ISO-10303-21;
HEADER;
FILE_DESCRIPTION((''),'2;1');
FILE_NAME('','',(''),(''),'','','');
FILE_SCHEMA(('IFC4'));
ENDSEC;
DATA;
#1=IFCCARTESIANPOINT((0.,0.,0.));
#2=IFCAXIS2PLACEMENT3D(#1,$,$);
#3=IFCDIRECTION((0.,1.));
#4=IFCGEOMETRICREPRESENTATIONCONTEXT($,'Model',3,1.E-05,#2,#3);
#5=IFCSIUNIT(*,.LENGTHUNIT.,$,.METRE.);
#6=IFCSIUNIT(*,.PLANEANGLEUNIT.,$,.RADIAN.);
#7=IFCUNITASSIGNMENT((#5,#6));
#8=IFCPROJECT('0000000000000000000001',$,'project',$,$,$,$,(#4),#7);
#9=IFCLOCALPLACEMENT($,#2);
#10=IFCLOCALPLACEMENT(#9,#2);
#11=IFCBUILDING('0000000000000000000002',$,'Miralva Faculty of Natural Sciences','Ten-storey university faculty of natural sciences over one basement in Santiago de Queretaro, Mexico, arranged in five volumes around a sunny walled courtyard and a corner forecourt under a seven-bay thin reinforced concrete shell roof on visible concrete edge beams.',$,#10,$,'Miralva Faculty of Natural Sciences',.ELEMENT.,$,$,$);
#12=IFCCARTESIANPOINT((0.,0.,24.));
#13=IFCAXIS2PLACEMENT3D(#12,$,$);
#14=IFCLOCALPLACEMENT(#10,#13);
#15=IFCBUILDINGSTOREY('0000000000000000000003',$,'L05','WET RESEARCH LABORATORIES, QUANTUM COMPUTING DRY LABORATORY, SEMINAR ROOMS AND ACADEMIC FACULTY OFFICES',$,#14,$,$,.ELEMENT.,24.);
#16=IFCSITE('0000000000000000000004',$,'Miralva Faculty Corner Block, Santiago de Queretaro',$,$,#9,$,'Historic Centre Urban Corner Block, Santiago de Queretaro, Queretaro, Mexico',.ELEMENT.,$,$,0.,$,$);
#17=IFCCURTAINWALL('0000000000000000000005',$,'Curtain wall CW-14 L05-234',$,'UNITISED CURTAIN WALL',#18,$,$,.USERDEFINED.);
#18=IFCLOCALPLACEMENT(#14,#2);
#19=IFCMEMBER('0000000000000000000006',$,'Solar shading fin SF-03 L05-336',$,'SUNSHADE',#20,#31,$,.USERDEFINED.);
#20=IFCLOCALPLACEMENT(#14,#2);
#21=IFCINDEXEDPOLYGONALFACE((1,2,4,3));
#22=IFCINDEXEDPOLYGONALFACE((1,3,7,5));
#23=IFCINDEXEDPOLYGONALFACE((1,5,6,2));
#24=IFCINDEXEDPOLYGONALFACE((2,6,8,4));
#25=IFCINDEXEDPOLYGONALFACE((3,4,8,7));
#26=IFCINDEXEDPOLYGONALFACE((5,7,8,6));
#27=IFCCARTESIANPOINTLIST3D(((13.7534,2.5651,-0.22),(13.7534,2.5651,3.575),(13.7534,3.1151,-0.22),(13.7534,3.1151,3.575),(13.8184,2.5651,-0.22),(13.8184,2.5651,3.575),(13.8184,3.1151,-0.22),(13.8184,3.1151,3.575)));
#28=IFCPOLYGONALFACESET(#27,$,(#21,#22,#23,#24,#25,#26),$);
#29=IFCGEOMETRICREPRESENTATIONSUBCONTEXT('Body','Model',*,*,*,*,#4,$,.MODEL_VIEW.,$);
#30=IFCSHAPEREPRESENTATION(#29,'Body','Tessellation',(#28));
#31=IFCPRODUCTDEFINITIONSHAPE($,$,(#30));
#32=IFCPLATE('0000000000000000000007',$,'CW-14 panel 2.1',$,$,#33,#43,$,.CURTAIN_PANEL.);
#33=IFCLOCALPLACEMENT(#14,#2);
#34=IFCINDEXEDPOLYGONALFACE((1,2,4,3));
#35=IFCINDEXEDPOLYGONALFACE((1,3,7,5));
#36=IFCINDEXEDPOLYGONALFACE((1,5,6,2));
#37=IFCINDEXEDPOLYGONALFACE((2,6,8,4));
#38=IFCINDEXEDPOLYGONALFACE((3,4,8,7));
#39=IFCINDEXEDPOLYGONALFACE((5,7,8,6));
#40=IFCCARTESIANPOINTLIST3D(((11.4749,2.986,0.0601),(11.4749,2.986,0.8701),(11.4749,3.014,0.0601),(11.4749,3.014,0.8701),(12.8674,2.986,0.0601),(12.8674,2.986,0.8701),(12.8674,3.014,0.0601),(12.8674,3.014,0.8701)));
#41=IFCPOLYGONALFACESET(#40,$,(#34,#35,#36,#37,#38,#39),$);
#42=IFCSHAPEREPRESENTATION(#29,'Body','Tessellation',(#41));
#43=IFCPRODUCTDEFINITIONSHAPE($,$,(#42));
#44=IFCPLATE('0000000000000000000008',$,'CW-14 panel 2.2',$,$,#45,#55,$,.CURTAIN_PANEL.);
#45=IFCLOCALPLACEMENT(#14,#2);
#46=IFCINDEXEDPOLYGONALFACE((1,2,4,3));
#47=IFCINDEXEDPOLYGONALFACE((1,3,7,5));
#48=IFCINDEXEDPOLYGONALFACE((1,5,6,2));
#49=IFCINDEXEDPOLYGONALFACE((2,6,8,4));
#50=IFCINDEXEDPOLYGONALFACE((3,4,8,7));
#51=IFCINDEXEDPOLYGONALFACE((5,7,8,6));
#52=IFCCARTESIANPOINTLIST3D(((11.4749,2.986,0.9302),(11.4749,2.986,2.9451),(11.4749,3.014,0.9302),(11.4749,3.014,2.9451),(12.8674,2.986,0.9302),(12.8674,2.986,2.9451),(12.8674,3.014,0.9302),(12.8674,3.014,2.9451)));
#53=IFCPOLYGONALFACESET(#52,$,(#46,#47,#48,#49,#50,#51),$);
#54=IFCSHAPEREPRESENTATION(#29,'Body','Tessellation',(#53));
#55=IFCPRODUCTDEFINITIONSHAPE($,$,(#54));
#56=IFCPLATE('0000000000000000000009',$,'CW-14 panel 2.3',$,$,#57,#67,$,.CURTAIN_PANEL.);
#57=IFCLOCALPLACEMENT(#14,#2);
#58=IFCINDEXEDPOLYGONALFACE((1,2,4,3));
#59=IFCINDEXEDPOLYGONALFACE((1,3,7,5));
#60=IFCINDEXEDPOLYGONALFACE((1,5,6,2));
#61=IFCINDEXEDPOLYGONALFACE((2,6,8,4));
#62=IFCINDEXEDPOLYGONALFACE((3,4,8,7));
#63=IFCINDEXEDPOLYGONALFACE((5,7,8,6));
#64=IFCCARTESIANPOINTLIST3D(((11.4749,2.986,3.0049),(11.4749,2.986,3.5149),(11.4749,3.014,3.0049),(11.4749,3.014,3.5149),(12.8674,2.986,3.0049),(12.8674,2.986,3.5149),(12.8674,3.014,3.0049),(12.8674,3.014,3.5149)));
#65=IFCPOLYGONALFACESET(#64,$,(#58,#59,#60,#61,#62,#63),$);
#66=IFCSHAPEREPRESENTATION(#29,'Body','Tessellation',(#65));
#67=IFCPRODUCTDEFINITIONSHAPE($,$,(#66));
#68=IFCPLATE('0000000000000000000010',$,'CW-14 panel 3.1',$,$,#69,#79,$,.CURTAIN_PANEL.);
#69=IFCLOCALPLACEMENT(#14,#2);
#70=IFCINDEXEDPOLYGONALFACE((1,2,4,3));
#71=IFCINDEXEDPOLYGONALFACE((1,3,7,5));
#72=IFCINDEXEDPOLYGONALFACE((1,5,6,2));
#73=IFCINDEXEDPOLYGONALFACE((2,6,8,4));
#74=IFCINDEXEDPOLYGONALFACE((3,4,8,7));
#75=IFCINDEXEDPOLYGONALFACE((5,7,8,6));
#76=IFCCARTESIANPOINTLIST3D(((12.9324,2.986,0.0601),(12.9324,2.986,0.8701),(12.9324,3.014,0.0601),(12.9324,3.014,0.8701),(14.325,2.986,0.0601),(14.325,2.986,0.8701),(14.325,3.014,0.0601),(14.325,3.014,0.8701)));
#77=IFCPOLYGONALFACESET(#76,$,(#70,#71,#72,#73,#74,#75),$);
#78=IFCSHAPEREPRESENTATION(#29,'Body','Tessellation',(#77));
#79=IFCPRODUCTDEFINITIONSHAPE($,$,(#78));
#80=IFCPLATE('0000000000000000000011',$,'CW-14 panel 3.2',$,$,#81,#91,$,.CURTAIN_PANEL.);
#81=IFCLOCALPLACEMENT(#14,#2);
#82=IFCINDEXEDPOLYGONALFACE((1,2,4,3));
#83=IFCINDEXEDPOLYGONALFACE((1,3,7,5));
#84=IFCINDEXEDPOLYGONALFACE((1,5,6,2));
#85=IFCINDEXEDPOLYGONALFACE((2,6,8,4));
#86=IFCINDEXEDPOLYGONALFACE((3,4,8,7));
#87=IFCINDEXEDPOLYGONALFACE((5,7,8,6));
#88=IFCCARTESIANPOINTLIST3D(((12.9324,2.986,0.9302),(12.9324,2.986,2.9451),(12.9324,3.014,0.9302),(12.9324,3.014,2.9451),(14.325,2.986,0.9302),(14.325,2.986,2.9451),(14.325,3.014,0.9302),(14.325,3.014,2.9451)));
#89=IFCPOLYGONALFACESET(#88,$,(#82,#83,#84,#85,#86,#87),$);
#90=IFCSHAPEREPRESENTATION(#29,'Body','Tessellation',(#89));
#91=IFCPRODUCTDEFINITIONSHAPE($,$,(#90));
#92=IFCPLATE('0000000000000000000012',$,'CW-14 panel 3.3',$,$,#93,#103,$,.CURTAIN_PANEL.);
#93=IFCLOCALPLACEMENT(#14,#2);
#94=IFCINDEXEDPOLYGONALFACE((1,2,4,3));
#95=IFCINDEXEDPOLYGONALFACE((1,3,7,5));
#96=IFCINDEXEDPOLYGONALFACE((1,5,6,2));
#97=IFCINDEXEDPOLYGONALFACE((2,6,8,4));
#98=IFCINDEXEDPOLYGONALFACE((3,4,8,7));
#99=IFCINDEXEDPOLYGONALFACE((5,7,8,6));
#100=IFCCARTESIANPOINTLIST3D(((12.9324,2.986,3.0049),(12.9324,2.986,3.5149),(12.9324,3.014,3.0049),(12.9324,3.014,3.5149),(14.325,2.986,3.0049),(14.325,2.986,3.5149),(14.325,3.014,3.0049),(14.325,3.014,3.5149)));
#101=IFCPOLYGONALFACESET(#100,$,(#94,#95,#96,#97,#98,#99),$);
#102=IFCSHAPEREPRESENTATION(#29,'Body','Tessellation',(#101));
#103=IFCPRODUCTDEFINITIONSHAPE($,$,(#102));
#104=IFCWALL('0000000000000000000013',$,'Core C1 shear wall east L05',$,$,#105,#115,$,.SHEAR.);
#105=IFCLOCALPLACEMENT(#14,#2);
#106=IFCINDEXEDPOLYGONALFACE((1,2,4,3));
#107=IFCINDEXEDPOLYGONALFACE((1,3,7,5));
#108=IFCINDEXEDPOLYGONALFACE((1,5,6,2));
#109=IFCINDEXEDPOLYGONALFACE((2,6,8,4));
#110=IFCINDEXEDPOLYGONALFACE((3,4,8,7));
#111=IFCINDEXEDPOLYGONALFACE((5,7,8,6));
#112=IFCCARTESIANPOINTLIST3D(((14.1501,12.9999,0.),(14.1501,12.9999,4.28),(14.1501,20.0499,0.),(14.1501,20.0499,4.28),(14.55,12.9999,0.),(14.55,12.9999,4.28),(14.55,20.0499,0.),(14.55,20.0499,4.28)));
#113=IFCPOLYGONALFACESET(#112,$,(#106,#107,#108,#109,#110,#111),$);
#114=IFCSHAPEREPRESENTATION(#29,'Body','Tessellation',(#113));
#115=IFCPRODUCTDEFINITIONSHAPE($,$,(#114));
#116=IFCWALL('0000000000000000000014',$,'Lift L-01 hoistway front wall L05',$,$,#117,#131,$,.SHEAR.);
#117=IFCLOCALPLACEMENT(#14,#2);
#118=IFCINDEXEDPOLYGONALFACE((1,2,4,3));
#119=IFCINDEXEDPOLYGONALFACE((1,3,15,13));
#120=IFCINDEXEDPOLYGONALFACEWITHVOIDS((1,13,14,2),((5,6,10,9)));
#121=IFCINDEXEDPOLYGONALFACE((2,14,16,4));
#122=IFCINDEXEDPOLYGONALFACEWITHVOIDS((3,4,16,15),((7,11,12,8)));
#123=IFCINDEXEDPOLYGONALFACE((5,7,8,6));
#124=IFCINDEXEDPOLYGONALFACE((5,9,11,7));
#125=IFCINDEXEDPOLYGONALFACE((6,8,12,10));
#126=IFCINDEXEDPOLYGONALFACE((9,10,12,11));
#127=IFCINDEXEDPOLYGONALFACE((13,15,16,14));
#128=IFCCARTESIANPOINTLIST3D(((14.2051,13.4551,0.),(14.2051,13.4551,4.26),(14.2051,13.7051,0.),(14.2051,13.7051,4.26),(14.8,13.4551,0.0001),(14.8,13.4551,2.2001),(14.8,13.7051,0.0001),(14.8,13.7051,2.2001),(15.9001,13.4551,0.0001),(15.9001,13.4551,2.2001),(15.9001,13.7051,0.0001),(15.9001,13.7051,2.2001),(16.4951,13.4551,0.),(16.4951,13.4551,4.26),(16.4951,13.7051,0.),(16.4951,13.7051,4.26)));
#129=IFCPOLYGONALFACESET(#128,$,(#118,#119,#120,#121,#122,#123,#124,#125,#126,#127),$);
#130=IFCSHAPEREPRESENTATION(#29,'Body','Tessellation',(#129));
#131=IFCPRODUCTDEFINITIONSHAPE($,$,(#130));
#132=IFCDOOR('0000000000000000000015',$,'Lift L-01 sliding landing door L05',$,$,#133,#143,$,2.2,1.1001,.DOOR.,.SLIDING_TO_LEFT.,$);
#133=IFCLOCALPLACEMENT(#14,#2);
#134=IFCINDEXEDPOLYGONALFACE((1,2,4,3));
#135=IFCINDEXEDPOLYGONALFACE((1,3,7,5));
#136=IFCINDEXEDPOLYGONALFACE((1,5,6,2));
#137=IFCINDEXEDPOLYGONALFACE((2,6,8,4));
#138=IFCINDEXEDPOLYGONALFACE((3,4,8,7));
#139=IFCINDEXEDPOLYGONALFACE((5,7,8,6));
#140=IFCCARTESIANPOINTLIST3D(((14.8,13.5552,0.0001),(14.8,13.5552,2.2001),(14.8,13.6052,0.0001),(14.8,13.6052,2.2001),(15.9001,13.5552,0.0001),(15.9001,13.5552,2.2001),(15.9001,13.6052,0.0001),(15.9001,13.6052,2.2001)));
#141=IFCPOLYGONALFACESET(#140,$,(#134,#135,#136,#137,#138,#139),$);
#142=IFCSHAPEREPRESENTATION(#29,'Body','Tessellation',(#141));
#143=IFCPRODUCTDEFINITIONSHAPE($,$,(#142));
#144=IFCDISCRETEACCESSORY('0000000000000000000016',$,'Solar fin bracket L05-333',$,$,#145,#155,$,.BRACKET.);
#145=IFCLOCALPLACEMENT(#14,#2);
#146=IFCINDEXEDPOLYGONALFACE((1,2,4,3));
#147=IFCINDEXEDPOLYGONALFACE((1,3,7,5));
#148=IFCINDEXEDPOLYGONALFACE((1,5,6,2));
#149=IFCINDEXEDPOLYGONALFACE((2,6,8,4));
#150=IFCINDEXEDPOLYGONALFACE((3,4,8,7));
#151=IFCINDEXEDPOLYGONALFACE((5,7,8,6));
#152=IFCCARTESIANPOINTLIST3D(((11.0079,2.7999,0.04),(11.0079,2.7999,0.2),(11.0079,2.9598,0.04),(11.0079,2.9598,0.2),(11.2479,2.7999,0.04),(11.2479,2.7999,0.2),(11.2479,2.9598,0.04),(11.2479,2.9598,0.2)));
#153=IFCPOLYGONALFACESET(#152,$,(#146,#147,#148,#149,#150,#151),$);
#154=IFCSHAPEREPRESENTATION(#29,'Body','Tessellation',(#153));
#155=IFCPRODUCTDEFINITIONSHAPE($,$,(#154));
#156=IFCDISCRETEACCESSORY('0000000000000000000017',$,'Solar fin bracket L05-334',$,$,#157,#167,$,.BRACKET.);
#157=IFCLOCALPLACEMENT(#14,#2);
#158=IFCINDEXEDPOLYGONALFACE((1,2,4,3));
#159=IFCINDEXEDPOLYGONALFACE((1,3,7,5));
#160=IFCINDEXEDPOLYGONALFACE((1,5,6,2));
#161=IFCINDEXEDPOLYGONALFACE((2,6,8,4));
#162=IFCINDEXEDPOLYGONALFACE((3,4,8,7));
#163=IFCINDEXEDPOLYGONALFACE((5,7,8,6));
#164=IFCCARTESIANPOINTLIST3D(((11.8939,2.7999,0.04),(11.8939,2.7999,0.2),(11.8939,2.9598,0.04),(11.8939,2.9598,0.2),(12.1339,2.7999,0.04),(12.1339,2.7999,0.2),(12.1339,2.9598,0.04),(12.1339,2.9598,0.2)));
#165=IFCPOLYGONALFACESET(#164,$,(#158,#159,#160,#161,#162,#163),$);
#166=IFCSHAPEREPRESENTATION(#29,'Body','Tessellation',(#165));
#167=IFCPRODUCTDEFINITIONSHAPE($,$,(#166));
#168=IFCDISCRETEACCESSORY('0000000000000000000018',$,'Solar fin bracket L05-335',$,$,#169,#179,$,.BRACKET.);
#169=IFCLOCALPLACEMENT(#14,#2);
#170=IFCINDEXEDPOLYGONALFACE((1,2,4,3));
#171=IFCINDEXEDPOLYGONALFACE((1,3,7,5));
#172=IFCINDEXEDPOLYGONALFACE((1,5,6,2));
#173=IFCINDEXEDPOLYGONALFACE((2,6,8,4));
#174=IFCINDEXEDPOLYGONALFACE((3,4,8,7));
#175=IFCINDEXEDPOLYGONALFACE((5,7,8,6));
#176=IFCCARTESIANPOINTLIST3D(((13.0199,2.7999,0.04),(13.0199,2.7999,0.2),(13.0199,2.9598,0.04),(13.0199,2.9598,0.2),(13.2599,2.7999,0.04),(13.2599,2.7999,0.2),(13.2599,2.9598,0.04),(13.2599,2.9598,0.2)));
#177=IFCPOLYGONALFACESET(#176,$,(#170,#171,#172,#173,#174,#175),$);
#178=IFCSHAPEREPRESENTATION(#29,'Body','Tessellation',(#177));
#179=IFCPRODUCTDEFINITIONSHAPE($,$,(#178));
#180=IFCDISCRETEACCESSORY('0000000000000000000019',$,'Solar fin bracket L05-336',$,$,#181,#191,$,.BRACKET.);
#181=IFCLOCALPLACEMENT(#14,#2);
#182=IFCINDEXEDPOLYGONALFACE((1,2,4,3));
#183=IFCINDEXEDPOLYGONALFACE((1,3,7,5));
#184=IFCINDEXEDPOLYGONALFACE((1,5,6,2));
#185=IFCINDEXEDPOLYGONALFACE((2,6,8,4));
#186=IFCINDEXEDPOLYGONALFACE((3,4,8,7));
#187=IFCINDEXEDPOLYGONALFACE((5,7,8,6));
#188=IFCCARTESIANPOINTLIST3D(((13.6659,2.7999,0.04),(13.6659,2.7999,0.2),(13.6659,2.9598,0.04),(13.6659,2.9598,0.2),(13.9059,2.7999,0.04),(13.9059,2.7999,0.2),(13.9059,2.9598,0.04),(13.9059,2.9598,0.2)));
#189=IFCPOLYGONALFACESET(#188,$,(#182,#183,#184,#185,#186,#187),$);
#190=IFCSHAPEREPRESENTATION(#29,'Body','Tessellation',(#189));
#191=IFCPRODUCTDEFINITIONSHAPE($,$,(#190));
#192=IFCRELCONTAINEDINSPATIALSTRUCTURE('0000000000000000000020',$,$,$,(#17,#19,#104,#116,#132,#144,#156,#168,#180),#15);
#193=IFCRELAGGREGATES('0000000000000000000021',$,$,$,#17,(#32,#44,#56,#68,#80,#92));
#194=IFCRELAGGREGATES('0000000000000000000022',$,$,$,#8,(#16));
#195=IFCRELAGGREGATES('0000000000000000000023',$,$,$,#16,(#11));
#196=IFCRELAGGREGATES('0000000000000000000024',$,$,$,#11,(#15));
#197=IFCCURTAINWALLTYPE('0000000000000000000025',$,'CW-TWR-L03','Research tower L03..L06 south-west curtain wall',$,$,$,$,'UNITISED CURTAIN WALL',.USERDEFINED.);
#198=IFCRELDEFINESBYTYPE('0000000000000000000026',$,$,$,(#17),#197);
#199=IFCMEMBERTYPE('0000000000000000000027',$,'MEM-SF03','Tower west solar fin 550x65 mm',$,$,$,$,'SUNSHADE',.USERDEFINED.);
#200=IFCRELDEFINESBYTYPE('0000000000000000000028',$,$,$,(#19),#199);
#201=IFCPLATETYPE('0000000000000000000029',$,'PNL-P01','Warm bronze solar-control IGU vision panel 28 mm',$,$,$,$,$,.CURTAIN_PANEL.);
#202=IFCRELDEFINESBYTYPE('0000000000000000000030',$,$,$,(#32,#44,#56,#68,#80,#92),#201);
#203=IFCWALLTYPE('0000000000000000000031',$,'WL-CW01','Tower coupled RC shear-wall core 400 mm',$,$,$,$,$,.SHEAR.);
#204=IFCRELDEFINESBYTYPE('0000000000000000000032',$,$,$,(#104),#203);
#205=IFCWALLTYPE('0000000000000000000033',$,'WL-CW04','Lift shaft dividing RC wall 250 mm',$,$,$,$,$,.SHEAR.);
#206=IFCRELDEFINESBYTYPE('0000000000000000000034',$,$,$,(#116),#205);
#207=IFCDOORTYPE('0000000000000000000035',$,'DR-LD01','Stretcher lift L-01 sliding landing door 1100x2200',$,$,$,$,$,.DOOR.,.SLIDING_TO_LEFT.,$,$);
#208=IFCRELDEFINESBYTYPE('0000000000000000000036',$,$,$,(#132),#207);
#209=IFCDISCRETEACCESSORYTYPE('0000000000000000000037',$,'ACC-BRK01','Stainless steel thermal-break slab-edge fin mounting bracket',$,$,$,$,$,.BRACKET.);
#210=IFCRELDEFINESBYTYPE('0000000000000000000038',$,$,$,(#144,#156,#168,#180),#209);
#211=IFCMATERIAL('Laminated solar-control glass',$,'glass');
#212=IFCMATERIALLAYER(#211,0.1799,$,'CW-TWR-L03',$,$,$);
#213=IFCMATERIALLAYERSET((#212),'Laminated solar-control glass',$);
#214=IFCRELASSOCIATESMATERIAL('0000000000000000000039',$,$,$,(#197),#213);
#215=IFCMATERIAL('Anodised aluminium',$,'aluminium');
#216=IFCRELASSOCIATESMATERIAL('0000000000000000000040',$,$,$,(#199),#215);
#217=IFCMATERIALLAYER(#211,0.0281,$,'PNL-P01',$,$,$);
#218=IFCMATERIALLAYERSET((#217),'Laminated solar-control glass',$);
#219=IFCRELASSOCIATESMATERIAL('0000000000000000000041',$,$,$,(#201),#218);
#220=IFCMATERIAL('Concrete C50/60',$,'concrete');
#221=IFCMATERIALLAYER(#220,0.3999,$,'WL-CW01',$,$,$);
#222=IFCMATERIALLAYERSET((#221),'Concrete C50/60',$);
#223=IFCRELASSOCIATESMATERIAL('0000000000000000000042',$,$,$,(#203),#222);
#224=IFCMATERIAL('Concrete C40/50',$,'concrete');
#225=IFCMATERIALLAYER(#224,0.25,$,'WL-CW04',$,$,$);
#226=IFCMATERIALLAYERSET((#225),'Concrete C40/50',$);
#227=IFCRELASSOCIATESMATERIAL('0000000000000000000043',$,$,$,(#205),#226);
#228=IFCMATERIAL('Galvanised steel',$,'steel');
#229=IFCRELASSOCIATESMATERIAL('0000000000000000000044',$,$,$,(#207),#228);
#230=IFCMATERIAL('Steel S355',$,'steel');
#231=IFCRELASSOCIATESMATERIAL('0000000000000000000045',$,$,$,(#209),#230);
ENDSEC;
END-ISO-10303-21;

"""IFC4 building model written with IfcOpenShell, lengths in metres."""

from ifc_helpers import new_model, si_unit, direction, frame, frame_2d, origin, origin_2d, place, context, subcontext, project, spatial, rectangle, extrude, material, layer, layer_set, material_profile, profile_set, type_object, element, fill, aggregate, save


model = new_model("IFC4")

# Units and contexts
model_context = context("Model", 3, precision=1e-05, world=origin(), true_north=direction((0.0, 1.0)))
body_context = subcontext(model_context, "Body", "Model", "MODEL_VIEW")
ifc_project = project(units=[si_unit("LENGTHUNIT", "METRE"), si_unit("PLANEANGLEUNIT", "RADIAN")], contexts=[model_context])

# Site, building, storey
site_placement = place(None, origin())
site = spatial("IfcSite", under=ifc_project, at=site_placement, Name="Miralva Faculty Corner Block, Santiago de Queretaro", LongName="Historic Centre Urban Corner Block, Santiago de Queretaro, Queretaro, Mexico", CompositionType="ELEMENT", RefElevation=0.0)
building_placement = place(site_placement, origin())
building = spatial("IfcBuilding", under=site, at=building_placement, Name="Miralva Faculty of Natural Sciences", Description="Ten-storey university faculty of natural sciences over one basement in Santiago de Queretaro, Mexico, arranged in five volumes around a sunny walled courtyard and a corner forecourt under a seven-bay thin reinforced concrete shell roof on visible concrete edge beams.", LongName="Miralva Faculty of Natural Sciences", CompositionType="ELEMENT")
storey_placement = place(building_placement, frame((0.0, 0.0, 24.0)))
storey = spatial("IfcBuildingStorey", under=building, at=storey_placement, Name="L05", Description="WET RESEARCH LABORATORIES, QUANTUM COMPUTING DRY LABORATORY, SEMINAR ROOMS AND ACADEMIC FACULTY OFFICES", CompositionType="ELEMENT", Elevation=24.0)

# Shared definitions
ifc_material_1 = material(Name="Concrete C40/50", Category="concrete")

# Curtain wall
ifc_material_2 = material(Name="Laminated solar-control glass", Category="glass")
ifc_layer_1 = layer(ifc_material_2, 0.1799, Name="CW-TWR-L03")
ifc_layer_set_1 = layer_set([ifc_layer_1], Name="Laminated solar-control glass")
curtain_wall_type = type_object("IfcCurtainWallType", Name="CW-TWR-L03", Description="Research tower L03..L06 south-west curtain wall", ElementType="UNITISED CURTAIN WALL", PredefinedType="USERDEFINED", material=ifc_layer_set_1)
curtain_wall_placement = place(storey_placement, origin())
curtain_wall = element("IfcCurtainWall", 1, at=curtain_wall_placement, inside=storey, type_object=curtain_wall_type, Name="Curtain wall CW-14 L05-234", ObjectType="UNITISED CURTAIN WALL", PredefinedType="USERDEFINED")
ifc_material_3 = material(Name="Anodised aluminium", Category="aluminium")

# Member
ifc_material_profile_1 = material_profile(ifc_material_3, rectangle(XDim=0.0649, YDim=0.55, at=origin_2d()), Name="FIN 550x65")
ifc_profile_set_1 = profile_set([ifc_material_profile_1], Name="Anodised aluminium")
member_type_1 = type_object("IfcMemberType", Name="MEM-SF03", Description="Tower west solar fin 550x65 mm", ElementType="SUNSHADE", PredefinedType="USERDEFINED", material=ifc_profile_set_1)
for number, where, z_axis, x_axis, name in (
    (2, (13.7859, 2.8401, -0.22), (0.0, 0.0, 1.0), (1.0, 0.0, 0.0), "Solar shading fin SF-03 L05-336"),
):
    element("IfcMember", number, at=place(storey_placement, frame(where, z_axis=z_axis, x_axis=x_axis)), inside=storey, type_object=member_type_1, Name=name, ObjectType="SUNSHADE", PredefinedType="USERDEFINED", context=body_context, shape_type="SweptSolid", body=[
        extrude(rectangle(XDim=0.0649, YDim=0.55, at=origin_2d()), origin(), (0.0, 0.0, 1.0), 3.7949),
    ])

# Plates
ifc_layer_2 = layer(ifc_material_2, 0.0281, Name="PNL-P01")
ifc_layer_set_2 = layer_set([ifc_layer_2], Name="Laminated solar-control glass")
plate_type = type_object("IfcPlateType", Name="PNL-P01", Description="Warm bronze solar-control IGU vision panel 28 mm", PredefinedType="CURTAIN_PANEL", material=ifc_layer_set_2)
plate_1_placement = place(storey_placement, frame((12.1711, 3.0, 0.0601), z_axis=(0.0, 0.0, 1.0), x_axis=(1.0, 0.0, 0.0)))
plate_1 = element("IfcPlate", 3, at=plate_1_placement, type_object=plate_type, Name="CW-14 panel 2.1", PredefinedType="CURTAIN_PANEL", context=body_context, shape_type="SweptSolid", body=[
    extrude(rectangle(XDim=1.3926, YDim=0.0281, at=origin_2d()), origin(), (0.0, 0.0, 1.0), 0.8101),
])
plate_2_placement = place(storey_placement, frame((12.1711, 3.0, 0.9302), z_axis=(0.0, 0.0, 1.0), x_axis=(1.0, 0.0, 0.0)))
plate_2 = element("IfcPlate", 4, at=plate_2_placement, type_object=plate_type, Name="CW-14 panel 2.2", PredefinedType="CURTAIN_PANEL", context=body_context, shape_type="SweptSolid", body=[
    extrude(rectangle(XDim=1.3926, YDim=0.0281, at=origin_2d()), origin(), (0.0, 0.0, 1.0), 2.0149),
])
plate_3_placement = place(storey_placement, frame((12.1711, 3.0, 3.0049), z_axis=(0.0, 0.0, 1.0), x_axis=(1.0, 0.0, 0.0)))
plate_3 = element("IfcPlate", 5, at=plate_3_placement, type_object=plate_type, Name="CW-14 panel 2.3", PredefinedType="CURTAIN_PANEL", context=body_context, shape_type="SweptSolid", body=[
    extrude(rectangle(XDim=1.3926, YDim=0.0281, at=origin_2d()), origin(), (0.0, 0.0, 1.0), 0.51),
])
plate_4_placement = place(storey_placement, frame((13.6287, 3.0, 0.0601), z_axis=(0.0, 0.0, 1.0), x_axis=(1.0, 0.0, 0.0)))
plate_4 = element("IfcPlate", 6, at=plate_4_placement, type_object=plate_type, Name="CW-14 panel 3.1", PredefinedType="CURTAIN_PANEL", context=body_context, shape_type="SweptSolid", body=[
    extrude(rectangle(XDim=1.3926, YDim=0.0281, at=origin_2d()), origin(), (0.0, 0.0, 1.0), 0.8101),
])
plate_5_placement = place(storey_placement, frame((13.6287, 3.0, 0.9302), z_axis=(0.0, 0.0, 1.0), x_axis=(1.0, 0.0, 0.0)))
plate_5 = element("IfcPlate", 7, at=plate_5_placement, type_object=plate_type, Name="CW-14 panel 3.2", PredefinedType="CURTAIN_PANEL", context=body_context, shape_type="SweptSolid", body=[
    extrude(rectangle(XDim=1.3926, YDim=0.0281, at=origin_2d()), origin(), (0.0, 0.0, 1.0), 2.0149),
])
plate_6_placement = place(storey_placement, frame((13.6287, 3.0, 3.0049), z_axis=(0.0, 0.0, 1.0), x_axis=(1.0, 0.0, 0.0)))
plate_6 = element("IfcPlate", 8, at=plate_6_placement, type_object=plate_type, Name="CW-14 panel 3.3", PredefinedType="CURTAIN_PANEL", context=body_context, shape_type="SweptSolid", body=[
    extrude(rectangle(XDim=1.3926, YDim=0.0281, at=origin_2d()), origin(), (0.0, 0.0, 1.0), 0.51),
])
aggregate(curtain_wall, [plate_1, plate_2, plate_3, plate_4, plate_5, plate_6])

# Wall
ifc_material_4 = material(Name="Concrete C50/60", Category="concrete")
ifc_layer_3 = layer(ifc_material_4, 0.3999, Name="WL-CW01")
ifc_layer_set_3 = layer_set([ifc_layer_3], Name="Concrete C50/60")
wall_type_1 = type_object("IfcWallType", Name="WL-CW01", Description="Tower coupled RC shear-wall core 400 mm", PredefinedType="SHEAR", material=ifc_layer_set_3)
wall_1_placement = place(storey_placement, frame((14.3501, 13.0, 0.0), z_axis=(0.0, 0.0, 1.0), x_axis=(0.0, 1.0, 0.0)))
element("IfcWall", 9, at=wall_1_placement, inside=storey, type_object=wall_type_1, Name="Core C1 shear wall east L05", PredefinedType="SHEAR", context=body_context, shape_type="SweptSolid", body=[
    extrude(rectangle(XDim=7.05, YDim=0.3999, at=frame_2d((3.5249, 0.0))), origin(), (0.0, 0.0, 1.0), 4.28),
])

# Wall, opening, door
ifc_layer_4 = layer(ifc_material_1, 0.25, Name="WL-CW04")
ifc_layer_set_4 = layer_set([ifc_layer_4], Name="Concrete C40/50")
wall_type_2 = type_object("IfcWallType", Name="WL-CW04", Description="Lift shaft dividing RC wall 250 mm", PredefinedType="SHEAR", material=ifc_layer_set_4)
wall_2_placement = place(storey_placement, frame((14.2051, 13.5801, 0.0), z_axis=(0.0, 0.0, 1.0), x_axis=(1.0, 0.0, 0.0)))
wall_2 = element("IfcWall", 10, at=wall_2_placement, inside=storey, type_object=wall_type_2, Name="Lift L-01 hoistway front wall L05", PredefinedType="SHEAR", context=body_context, shape_type="SweptSolid", body=[
    extrude(rectangle(XDim=2.29, YDim=0.25, at=frame_2d((1.145, 0.0))), origin(), (0.0, 0.0, 1.0), 4.26),
])
opening_placement = place(wall_2_placement, frame((0.595, 0.0, 0.0)))
opening = element("IfcOpeningElement", 11, at=opening_placement, cuts=wall_2, PredefinedType="OPENING", context=body_context, shape_type="SweptSolid", body=[
    extrude(rectangle(XDim=1.1001, YDim=2.2, at=frame_2d((0.55, 1.1001))), frame((0.0, 0.135, 0.0), z_axis=(0.0, -1.0, 0.0), x_axis=(1.0, 0.0, 0.0)), (0.0, 0.0, 1.0), 0.27),
])
ifc_material_5 = material(Name="Galvanised steel", Category="steel")
door_type = type_object("IfcDoorType", Name="DR-LD01", Description="Stretcher lift L-01 sliding landing door 1100x2200", OperationType="SLIDING_TO_LEFT", PredefinedType="DOOR", material=ifc_material_5)
door_placement = place(opening_placement, frame((1.1001, 0.0, 0.0), z_axis=(0.0, 0.0, 1.0), x_axis=(-1.0, 0.0, 0.0)))
door = element("IfcDoor", 12, at=door_placement, inside=storey, type_object=door_type, Name="Lift L-01 sliding landing door L05", OperationType="SLIDING_TO_LEFT", OverallHeight=2.2, OverallWidth=1.1001, PredefinedType="DOOR", context=body_context, shape_type="SweptSolid", body=[
    extrude(rectangle(XDim=1.1001, YDim=2.2, at=frame_2d((0.55, 1.1001))), frame((0.0, 0.0249, 0.0), z_axis=(0.0, -1.0, 0.0), x_axis=(1.0, 0.0, 0.0)), (0.0, 0.0, 1.0), 0.05),
])
fill(opening, door)

# Discrete accessories
ifc_material_6 = material(Name="Steel S355", Category="steel")
discrete_accessory_type = type_object("IfcDiscreteAccessoryType", Name="ACC-BRK01", Description="Stainless steel thermal-break slab-edge fin mounting bracket", PredefinedType="BRACKET", material=ifc_material_6)
for number, where, z_axis, x_axis, name in (
    (13, (11.1279, 2.8799, 0.04), (0.0, 0.0, 1.0), (0.0, -1.0, 0.0), "Solar fin bracket L05-333"),
    (14, (12.0139, 2.8799, 0.04), (0.0, 0.0, 1.0), (0.0, -1.0, 0.0), "Solar fin bracket L05-334"),
    (15, (13.1399, 2.8799, 0.04), (0.0, 0.0, 1.0), (0.0, -1.0, 0.0), "Solar fin bracket L05-335"),
    (16, (13.7859, 2.8799, 0.04), (0.0, 0.0, 1.0), (0.0, -1.0, 0.0), "Solar fin bracket L05-336"),
):
    element("IfcDiscreteAccessory", number, at=place(storey_placement, frame(where, z_axis=z_axis, x_axis=x_axis)), inside=storey, type_object=discrete_accessory_type, Name=name, PredefinedType="BRACKET", context=body_context, shape_type="SweptSolid", body=[
        extrude(rectangle(XDim=0.1599, YDim=0.24, at=origin_2d()), origin(), (0.0, 0.0, 1.0), 0.1599),
    ])

save(model, "model.ifc")
